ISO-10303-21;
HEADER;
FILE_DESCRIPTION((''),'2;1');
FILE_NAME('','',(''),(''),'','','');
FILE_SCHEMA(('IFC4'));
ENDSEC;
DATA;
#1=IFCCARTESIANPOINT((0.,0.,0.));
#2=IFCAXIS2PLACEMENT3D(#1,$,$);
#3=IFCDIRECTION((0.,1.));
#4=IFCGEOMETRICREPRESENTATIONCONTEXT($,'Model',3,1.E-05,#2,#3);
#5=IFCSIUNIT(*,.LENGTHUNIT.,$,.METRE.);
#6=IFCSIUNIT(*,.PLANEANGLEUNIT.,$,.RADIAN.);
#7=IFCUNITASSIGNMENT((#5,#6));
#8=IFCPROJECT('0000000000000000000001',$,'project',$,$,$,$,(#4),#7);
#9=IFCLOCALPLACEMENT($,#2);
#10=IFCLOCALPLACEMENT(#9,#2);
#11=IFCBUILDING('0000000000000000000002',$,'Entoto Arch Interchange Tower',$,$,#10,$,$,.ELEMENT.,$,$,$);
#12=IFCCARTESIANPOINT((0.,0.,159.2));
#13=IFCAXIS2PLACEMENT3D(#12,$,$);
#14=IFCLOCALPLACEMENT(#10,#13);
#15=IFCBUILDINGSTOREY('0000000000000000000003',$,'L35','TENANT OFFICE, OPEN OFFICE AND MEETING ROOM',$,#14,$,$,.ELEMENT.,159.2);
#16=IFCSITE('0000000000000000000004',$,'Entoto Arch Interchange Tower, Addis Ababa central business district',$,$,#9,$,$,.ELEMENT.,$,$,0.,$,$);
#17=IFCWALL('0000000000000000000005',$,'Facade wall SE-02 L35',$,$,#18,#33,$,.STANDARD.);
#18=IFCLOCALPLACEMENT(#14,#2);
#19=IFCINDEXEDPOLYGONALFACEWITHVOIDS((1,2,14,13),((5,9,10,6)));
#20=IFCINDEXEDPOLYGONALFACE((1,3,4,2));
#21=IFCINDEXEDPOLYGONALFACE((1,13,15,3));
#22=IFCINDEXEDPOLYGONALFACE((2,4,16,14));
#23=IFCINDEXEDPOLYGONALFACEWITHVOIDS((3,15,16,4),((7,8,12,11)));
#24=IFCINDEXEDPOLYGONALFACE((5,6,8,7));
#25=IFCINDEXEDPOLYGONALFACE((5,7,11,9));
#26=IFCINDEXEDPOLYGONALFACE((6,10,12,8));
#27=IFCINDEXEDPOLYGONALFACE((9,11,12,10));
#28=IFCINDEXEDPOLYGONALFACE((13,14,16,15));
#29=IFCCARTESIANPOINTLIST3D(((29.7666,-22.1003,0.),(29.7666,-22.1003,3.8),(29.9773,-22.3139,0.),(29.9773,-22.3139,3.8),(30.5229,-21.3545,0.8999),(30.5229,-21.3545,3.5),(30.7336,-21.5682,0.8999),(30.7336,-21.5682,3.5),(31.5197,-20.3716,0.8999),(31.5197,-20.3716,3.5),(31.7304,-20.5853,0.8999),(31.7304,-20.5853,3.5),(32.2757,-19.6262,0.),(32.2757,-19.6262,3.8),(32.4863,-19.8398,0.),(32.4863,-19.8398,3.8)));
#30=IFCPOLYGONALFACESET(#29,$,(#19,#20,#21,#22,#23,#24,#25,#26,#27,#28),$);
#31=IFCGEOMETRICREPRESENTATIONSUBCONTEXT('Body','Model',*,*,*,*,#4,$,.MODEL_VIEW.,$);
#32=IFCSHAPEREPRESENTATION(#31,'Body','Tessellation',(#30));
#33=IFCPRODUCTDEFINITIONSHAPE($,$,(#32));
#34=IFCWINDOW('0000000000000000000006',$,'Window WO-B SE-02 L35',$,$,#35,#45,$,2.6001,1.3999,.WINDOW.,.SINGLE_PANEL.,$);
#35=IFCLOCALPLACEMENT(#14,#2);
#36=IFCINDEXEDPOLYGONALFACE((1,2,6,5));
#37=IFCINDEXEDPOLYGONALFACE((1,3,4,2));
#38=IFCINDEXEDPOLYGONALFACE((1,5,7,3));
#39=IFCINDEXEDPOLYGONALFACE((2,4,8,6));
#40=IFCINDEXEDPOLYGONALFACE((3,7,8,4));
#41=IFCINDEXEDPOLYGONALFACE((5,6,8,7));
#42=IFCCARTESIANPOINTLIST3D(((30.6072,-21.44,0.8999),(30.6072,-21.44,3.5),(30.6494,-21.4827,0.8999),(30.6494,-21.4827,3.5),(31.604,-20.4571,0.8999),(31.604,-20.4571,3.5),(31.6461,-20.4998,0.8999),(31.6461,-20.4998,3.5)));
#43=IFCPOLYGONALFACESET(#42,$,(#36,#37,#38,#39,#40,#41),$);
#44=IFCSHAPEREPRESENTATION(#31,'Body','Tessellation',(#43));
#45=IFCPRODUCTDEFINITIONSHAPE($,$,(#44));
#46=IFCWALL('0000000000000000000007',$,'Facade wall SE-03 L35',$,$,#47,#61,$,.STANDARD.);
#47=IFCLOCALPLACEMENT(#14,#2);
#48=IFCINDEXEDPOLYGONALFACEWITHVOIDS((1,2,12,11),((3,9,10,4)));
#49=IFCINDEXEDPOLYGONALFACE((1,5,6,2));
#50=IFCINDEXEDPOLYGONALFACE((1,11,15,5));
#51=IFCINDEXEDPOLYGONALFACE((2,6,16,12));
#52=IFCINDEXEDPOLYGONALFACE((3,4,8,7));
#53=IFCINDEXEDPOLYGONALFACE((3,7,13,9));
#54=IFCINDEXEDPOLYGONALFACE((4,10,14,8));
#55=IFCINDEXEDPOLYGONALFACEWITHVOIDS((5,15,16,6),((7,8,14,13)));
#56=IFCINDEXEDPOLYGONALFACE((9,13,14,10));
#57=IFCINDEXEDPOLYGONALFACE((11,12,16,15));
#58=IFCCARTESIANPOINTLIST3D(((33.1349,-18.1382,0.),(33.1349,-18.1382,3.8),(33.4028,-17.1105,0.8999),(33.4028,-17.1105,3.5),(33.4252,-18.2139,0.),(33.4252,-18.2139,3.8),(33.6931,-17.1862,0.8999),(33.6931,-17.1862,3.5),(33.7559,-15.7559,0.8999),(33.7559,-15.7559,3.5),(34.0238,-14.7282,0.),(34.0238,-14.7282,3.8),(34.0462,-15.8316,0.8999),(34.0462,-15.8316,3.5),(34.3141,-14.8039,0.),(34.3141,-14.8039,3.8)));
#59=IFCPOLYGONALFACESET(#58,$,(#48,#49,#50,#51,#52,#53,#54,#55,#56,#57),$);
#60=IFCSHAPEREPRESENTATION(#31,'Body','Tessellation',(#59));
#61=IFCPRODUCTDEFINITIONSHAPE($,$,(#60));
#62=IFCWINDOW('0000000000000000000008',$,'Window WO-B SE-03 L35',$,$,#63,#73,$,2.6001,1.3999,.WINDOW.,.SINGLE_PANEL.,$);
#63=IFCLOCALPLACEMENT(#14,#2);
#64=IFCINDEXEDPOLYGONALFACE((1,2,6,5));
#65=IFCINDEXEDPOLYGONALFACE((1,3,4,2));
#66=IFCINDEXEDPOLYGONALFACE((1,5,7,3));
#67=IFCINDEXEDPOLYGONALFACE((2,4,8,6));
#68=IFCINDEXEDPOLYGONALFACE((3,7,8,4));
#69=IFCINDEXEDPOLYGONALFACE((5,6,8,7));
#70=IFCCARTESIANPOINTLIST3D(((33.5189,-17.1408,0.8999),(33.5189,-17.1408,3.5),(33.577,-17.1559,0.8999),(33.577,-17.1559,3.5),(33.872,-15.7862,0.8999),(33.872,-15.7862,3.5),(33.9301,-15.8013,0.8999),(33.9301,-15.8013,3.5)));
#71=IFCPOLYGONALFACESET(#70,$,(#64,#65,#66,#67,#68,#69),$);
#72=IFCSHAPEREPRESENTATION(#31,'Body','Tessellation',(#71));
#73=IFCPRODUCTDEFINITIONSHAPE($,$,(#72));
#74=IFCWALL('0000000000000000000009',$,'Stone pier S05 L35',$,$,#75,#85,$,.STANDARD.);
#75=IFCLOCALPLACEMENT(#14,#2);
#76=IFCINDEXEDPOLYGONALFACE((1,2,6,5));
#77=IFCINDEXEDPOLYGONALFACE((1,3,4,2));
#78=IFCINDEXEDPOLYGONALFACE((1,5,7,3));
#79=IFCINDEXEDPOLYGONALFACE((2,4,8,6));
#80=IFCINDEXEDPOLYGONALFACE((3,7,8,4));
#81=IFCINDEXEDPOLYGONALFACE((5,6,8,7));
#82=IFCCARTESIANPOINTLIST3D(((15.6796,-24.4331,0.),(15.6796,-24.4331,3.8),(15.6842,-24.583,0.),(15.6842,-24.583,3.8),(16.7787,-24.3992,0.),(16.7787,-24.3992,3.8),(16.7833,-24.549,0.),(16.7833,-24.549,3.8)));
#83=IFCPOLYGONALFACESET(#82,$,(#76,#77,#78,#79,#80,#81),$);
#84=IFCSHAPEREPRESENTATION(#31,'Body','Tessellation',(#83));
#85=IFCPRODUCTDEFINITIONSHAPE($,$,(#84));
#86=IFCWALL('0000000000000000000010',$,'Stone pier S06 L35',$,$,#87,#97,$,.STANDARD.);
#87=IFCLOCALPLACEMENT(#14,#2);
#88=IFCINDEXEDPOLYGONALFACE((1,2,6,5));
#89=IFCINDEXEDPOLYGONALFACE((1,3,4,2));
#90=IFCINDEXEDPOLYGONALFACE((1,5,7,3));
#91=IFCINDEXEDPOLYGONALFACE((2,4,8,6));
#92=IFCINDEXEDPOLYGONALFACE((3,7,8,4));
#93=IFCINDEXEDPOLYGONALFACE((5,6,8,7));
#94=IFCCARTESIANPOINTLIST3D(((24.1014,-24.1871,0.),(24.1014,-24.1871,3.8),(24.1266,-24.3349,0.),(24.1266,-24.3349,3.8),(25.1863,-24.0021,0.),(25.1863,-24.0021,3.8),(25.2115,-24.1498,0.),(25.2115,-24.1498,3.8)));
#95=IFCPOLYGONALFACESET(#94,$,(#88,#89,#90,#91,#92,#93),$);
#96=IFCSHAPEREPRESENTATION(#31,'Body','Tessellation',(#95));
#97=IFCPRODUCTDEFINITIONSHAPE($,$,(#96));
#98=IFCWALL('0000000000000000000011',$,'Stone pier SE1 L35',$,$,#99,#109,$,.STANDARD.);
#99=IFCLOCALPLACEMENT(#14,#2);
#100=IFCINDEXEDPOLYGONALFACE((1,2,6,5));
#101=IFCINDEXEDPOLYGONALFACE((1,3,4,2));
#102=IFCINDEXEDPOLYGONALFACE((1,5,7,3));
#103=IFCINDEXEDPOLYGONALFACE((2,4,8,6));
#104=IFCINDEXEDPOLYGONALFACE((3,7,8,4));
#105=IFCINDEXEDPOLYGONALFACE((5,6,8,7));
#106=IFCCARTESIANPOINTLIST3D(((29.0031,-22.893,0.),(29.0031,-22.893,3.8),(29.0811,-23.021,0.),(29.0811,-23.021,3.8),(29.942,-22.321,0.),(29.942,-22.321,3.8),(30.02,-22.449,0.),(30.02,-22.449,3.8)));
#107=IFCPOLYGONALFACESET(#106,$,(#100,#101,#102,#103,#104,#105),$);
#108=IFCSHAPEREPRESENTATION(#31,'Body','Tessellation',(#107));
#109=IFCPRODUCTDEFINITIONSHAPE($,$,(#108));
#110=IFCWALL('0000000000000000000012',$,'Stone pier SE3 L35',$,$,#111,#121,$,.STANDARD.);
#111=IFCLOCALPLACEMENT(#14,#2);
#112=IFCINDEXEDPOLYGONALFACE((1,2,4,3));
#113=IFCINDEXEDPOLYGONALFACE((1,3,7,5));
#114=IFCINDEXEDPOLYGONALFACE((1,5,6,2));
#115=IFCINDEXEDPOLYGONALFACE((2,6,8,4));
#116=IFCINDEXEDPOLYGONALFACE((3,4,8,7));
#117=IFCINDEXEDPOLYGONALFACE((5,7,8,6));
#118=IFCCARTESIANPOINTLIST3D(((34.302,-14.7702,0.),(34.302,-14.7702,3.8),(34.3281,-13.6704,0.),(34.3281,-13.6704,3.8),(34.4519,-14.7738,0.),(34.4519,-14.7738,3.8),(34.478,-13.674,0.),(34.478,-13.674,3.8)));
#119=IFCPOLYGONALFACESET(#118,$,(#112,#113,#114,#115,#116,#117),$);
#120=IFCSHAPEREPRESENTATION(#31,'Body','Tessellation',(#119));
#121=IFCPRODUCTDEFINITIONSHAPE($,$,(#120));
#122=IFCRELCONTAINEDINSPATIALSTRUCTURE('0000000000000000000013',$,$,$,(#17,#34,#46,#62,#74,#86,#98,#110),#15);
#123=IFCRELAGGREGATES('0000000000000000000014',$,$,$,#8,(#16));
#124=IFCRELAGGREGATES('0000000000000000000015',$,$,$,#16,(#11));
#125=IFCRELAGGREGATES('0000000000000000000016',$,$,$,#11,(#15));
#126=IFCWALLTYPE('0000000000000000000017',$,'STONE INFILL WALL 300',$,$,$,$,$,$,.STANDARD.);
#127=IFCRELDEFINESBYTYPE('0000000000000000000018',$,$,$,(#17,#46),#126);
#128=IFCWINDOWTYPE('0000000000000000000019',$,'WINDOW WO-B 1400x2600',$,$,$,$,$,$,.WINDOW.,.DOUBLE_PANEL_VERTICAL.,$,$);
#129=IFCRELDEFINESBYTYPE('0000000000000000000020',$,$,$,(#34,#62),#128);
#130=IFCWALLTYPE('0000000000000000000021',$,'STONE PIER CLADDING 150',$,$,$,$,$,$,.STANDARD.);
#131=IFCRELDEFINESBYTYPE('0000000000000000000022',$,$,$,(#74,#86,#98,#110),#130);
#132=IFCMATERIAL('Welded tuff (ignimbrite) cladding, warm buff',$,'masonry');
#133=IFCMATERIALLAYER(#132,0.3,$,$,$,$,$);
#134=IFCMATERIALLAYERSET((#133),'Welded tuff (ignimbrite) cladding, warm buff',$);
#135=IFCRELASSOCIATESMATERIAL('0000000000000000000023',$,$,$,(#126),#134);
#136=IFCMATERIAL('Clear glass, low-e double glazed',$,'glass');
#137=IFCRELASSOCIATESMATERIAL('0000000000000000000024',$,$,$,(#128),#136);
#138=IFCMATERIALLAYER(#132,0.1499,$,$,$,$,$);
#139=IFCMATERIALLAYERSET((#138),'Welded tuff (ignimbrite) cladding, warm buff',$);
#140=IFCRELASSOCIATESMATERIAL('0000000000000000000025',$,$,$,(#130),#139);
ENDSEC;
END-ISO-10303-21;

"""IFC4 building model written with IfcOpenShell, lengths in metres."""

from ifc_helpers import new_model, si_unit, direction, frame, frame_2d, origin, place, context, subcontext, project, spatial, rectangle, extrude, material, layer, layer_set, type_object, element, fill, save


model = new_model("IFC4")

# Units and contexts
model_context = context("Model", 3, precision=1e-05, world=origin(), true_north=direction((0.0, 1.0)))
body_context = subcontext(model_context, "Body", "Model", "MODEL_VIEW")
ifc_project = project(units=[si_unit("LENGTHUNIT", "METRE"), si_unit("PLANEANGLEUNIT", "RADIAN")], contexts=[model_context])

# Site, building, storey
site_placement = place(None, origin())
site = spatial("IfcSite", under=ifc_project, at=site_placement, Name="Entoto Arch Interchange Tower, Addis Ababa central business district", CompositionType="ELEMENT", RefElevation=0.0)
building_placement = place(site_placement, origin())
building = spatial("IfcBuilding", under=site, at=building_placement, Name="Entoto Arch Interchange Tower", CompositionType="ELEMENT")
storey_placement = place(building_placement, frame((0.0, 0.0, 159.2)))
storey = spatial("IfcBuildingStorey", under=building, at=storey_placement, Name="L35", Description="TENANT OFFICE, OPEN OFFICE AND MEETING ROOM", CompositionType="ELEMENT", Elevation=159.2)

# Shared definitions
ifc_material_1 = material(Name="Welded tuff (ignimbrite) cladding, warm buff", Category="masonry")
ifc_layer_1 = layer(ifc_material_1, 0.3)
ifc_layer_set_1 = layer_set([ifc_layer_1], Name="Welded tuff (ignimbrite) cladding, warm buff")
wall_type_1 = type_object("IfcWallType", Name="STONE INFILL WALL 300", PredefinedType="STANDARD", material=ifc_layer_set_1)
ifc_material_2 = material(Name="Clear glass, low-e double glazed", Category="glass")

# Walls, openings, windows
window_type_1 = type_object("IfcWindowType", Name="WINDOW WO-B 1400x2600", PartitioningType="DOUBLE_PANEL_VERTICAL", PredefinedType="WINDOW", material=ifc_material_2)
wall_1_placement = place(storey_placement, frame((29.8721, -22.207, 0.0), z_axis=(0.0, 0.0, 1.0), x_axis=(0.712043, 0.702136, 0.0)))
wall_1 = element("IfcWall", 1, at=wall_1_placement, inside=storey, type_object=wall_type_1, Name="Facade wall SE-02 L35", PredefinedType="STANDARD", context=body_context, shape_type="SweptSolid", body=[
    extrude(rectangle(XDim=3.5237, YDim=0.3, at=frame_2d((1.7617, 0.0))), origin(), (0.0, 0.0, 1.0), 3.8),
])
opening_1_placement = place(wall_1_placement, frame((1.062, 0.0, 0.8999)))
opening_1 = element("IfcOpeningElement", 2, at=opening_1_placement, cuts=wall_1, PredefinedType="OPENING", context=body_context, shape_type="SweptSolid", body=[
    extrude(rectangle(XDim=1.3999, YDim=2.6001, at=frame_2d((0.7, 1.3))), frame((0.0, 0.1602, 0.0), z_axis=(0.0, -1.0, 0.0), x_axis=(1.0, 0.0, 0.0)), (0.0, 0.0, 1.0), 0.3201),
])
window_1_placement = place(opening_1_placement, origin())
window_1 = element("IfcWindow", 3, at=window_1_placement, inside=storey, type_object=window_type_1, Name="Window WO-B SE-02 L35", OverallHeight=2.6001, OverallWidth=1.3999, PartitioningType="SINGLE_PANEL", PredefinedType="WINDOW", context=body_context, shape_type="SweptSolid", body=[
    extrude(rectangle(XDim=1.3999, YDim=2.6001, at=frame_2d((0.7, 1.3))), frame((0.0, 0.03, 0.0), z_axis=(0.0, -1.0, 0.0), x_axis=(1.0, 0.0, 0.0)), (0.0, 0.0, 1.0), 0.0601),
])
fill(opening_1, window_1)
wall_2_placement = place(storey_placement, frame((33.28, -18.176, 0.0), z_axis=(0.0, 0.0, 1.0), x_axis=(0.252255, 0.967661, 0.0)))
wall_2 = element("IfcWall", 4, at=wall_2_placement, inside=storey, type_object=wall_type_1, Name="Facade wall SE-03 L35", PredefinedType="STANDARD", context=body_context, shape_type="SweptSolid", body=[
    extrude(rectangle(XDim=3.5239, YDim=0.3, at=frame_2d((1.762, 0.0))), origin(), (0.0, 0.0, 1.0), 3.8),
])
opening_2_placement = place(wall_2_placement, frame((1.062, 0.0, 0.8999)))
opening_2 = element("IfcOpeningElement", 5, at=opening_2_placement, cuts=wall_2, PredefinedType="OPENING", context=body_context, shape_type="SweptSolid", body=[
    extrude(rectangle(XDim=1.3999, YDim=2.6001, at=frame_2d((0.7, 1.3))), frame((0.0, 0.1602, 0.0), z_axis=(0.0, -1.0, 0.0), x_axis=(1.0, 0.0, 0.0)), (0.0, 0.0, 1.0), 0.3201),
])
window_2_placement = place(opening_2_placement, origin())
window_2 = element("IfcWindow", 6, at=window_2_placement, inside=storey, type_object=window_type_1, Name="Window WO-B SE-03 L35", OverallHeight=2.6001, OverallWidth=1.3999, PartitioningType="SINGLE_PANEL", PredefinedType="WINDOW", context=body_context, shape_type="SweptSolid", body=[
    extrude(rectangle(XDim=1.3999, YDim=2.6001, at=frame_2d((0.7, 1.3))), frame((0.0, 0.03, 0.0), z_axis=(0.0, -1.0, 0.0), x_axis=(1.0, 0.0, 0.0)), (0.0, 0.0, 1.0), 0.0601),
])
fill(opening_2, window_2)

# Walls
ifc_layer_2 = layer(ifc_material_1, 0.1499)
ifc_layer_set_2 = layer_set([ifc_layer_2], Name="Welded tuff (ignimbrite) cladding, warm buff")
wall_type_2 = type_object("IfcWallType", Name="STONE PIER CLADDING 150", PredefinedType="STANDARD", material=ifc_layer_set_2)
wall_3_placement = place(storey_placement, frame((15.6819, -24.5081, 0.0), z_axis=(0.0, 0.0, 1.0), x_axis=(0.999524, 0.03086, 0.0)))
element("IfcWall", 7, at=wall_3_placement, inside=storey, type_object=wall_type_2, Name="Stone pier S05 L35", PredefinedType="STANDARD", context=body_context, shape_type="SweptSolid", body=[
    extrude(rectangle(XDim=1.0996, YDim=0.1499, at=frame_2d((0.5498, 0.0))), origin(), (0.0, 0.0, 1.0), 3.8),
])
wall_4_placement = place(storey_placement, frame((24.114, -24.261, 0.0), z_axis=(0.0, 0.0, 1.0), x_axis=(0.985763, 0.168139, 0.0)))
element("IfcWall", 8, at=wall_4_placement, inside=storey, type_object=wall_type_2, Name="Stone pier S06 L35", PredefinedType="STANDARD", context=body_context, shape_type="SweptSolid", body=[
    extrude(rectangle(XDim=1.1006, YDim=0.1499, at=frame_2d((0.5503, 0.0))), origin(), (0.0, 0.0, 1.0), 3.8),
])
wall_5_placement = place(storey_placement, frame((29.042, -22.957, 0.0), z_axis=(0.0, 0.0, 1.0), x_axis=(0.854006, 0.520264, 0.0)))
element("IfcWall", 9, at=wall_5_placement, inside=storey, type_object=wall_type_2, Name="Stone pier SE1 L35", PredefinedType="STANDARD", context=body_context, shape_type="SweptSolid", body=[
    extrude(rectangle(XDim=1.0994, YDim=0.1499, at=frame_2d((0.5498, 0.0))), origin(), (0.0, 0.0, 1.0), 3.8),
])
wall_6_placement = place(storey_placement, frame((34.377, -14.772, 0.0), z_axis=(0.0, 0.0, 1.0), x_axis=(0.023745, 0.999718, 0.0)))
element("IfcWall", 10, at=wall_6_placement, inside=storey, type_object=wall_type_2, Name="Stone pier SE3 L35", PredefinedType="STANDARD", context=body_context, shape_type="SweptSolid", body=[
    extrude(rectangle(XDim=1.1001, YDim=0.1499, at=frame_2d((0.55, 0.0))), origin(), (0.0, 0.0, 1.0), 3.8),
])

save(model, "model.ifc")
